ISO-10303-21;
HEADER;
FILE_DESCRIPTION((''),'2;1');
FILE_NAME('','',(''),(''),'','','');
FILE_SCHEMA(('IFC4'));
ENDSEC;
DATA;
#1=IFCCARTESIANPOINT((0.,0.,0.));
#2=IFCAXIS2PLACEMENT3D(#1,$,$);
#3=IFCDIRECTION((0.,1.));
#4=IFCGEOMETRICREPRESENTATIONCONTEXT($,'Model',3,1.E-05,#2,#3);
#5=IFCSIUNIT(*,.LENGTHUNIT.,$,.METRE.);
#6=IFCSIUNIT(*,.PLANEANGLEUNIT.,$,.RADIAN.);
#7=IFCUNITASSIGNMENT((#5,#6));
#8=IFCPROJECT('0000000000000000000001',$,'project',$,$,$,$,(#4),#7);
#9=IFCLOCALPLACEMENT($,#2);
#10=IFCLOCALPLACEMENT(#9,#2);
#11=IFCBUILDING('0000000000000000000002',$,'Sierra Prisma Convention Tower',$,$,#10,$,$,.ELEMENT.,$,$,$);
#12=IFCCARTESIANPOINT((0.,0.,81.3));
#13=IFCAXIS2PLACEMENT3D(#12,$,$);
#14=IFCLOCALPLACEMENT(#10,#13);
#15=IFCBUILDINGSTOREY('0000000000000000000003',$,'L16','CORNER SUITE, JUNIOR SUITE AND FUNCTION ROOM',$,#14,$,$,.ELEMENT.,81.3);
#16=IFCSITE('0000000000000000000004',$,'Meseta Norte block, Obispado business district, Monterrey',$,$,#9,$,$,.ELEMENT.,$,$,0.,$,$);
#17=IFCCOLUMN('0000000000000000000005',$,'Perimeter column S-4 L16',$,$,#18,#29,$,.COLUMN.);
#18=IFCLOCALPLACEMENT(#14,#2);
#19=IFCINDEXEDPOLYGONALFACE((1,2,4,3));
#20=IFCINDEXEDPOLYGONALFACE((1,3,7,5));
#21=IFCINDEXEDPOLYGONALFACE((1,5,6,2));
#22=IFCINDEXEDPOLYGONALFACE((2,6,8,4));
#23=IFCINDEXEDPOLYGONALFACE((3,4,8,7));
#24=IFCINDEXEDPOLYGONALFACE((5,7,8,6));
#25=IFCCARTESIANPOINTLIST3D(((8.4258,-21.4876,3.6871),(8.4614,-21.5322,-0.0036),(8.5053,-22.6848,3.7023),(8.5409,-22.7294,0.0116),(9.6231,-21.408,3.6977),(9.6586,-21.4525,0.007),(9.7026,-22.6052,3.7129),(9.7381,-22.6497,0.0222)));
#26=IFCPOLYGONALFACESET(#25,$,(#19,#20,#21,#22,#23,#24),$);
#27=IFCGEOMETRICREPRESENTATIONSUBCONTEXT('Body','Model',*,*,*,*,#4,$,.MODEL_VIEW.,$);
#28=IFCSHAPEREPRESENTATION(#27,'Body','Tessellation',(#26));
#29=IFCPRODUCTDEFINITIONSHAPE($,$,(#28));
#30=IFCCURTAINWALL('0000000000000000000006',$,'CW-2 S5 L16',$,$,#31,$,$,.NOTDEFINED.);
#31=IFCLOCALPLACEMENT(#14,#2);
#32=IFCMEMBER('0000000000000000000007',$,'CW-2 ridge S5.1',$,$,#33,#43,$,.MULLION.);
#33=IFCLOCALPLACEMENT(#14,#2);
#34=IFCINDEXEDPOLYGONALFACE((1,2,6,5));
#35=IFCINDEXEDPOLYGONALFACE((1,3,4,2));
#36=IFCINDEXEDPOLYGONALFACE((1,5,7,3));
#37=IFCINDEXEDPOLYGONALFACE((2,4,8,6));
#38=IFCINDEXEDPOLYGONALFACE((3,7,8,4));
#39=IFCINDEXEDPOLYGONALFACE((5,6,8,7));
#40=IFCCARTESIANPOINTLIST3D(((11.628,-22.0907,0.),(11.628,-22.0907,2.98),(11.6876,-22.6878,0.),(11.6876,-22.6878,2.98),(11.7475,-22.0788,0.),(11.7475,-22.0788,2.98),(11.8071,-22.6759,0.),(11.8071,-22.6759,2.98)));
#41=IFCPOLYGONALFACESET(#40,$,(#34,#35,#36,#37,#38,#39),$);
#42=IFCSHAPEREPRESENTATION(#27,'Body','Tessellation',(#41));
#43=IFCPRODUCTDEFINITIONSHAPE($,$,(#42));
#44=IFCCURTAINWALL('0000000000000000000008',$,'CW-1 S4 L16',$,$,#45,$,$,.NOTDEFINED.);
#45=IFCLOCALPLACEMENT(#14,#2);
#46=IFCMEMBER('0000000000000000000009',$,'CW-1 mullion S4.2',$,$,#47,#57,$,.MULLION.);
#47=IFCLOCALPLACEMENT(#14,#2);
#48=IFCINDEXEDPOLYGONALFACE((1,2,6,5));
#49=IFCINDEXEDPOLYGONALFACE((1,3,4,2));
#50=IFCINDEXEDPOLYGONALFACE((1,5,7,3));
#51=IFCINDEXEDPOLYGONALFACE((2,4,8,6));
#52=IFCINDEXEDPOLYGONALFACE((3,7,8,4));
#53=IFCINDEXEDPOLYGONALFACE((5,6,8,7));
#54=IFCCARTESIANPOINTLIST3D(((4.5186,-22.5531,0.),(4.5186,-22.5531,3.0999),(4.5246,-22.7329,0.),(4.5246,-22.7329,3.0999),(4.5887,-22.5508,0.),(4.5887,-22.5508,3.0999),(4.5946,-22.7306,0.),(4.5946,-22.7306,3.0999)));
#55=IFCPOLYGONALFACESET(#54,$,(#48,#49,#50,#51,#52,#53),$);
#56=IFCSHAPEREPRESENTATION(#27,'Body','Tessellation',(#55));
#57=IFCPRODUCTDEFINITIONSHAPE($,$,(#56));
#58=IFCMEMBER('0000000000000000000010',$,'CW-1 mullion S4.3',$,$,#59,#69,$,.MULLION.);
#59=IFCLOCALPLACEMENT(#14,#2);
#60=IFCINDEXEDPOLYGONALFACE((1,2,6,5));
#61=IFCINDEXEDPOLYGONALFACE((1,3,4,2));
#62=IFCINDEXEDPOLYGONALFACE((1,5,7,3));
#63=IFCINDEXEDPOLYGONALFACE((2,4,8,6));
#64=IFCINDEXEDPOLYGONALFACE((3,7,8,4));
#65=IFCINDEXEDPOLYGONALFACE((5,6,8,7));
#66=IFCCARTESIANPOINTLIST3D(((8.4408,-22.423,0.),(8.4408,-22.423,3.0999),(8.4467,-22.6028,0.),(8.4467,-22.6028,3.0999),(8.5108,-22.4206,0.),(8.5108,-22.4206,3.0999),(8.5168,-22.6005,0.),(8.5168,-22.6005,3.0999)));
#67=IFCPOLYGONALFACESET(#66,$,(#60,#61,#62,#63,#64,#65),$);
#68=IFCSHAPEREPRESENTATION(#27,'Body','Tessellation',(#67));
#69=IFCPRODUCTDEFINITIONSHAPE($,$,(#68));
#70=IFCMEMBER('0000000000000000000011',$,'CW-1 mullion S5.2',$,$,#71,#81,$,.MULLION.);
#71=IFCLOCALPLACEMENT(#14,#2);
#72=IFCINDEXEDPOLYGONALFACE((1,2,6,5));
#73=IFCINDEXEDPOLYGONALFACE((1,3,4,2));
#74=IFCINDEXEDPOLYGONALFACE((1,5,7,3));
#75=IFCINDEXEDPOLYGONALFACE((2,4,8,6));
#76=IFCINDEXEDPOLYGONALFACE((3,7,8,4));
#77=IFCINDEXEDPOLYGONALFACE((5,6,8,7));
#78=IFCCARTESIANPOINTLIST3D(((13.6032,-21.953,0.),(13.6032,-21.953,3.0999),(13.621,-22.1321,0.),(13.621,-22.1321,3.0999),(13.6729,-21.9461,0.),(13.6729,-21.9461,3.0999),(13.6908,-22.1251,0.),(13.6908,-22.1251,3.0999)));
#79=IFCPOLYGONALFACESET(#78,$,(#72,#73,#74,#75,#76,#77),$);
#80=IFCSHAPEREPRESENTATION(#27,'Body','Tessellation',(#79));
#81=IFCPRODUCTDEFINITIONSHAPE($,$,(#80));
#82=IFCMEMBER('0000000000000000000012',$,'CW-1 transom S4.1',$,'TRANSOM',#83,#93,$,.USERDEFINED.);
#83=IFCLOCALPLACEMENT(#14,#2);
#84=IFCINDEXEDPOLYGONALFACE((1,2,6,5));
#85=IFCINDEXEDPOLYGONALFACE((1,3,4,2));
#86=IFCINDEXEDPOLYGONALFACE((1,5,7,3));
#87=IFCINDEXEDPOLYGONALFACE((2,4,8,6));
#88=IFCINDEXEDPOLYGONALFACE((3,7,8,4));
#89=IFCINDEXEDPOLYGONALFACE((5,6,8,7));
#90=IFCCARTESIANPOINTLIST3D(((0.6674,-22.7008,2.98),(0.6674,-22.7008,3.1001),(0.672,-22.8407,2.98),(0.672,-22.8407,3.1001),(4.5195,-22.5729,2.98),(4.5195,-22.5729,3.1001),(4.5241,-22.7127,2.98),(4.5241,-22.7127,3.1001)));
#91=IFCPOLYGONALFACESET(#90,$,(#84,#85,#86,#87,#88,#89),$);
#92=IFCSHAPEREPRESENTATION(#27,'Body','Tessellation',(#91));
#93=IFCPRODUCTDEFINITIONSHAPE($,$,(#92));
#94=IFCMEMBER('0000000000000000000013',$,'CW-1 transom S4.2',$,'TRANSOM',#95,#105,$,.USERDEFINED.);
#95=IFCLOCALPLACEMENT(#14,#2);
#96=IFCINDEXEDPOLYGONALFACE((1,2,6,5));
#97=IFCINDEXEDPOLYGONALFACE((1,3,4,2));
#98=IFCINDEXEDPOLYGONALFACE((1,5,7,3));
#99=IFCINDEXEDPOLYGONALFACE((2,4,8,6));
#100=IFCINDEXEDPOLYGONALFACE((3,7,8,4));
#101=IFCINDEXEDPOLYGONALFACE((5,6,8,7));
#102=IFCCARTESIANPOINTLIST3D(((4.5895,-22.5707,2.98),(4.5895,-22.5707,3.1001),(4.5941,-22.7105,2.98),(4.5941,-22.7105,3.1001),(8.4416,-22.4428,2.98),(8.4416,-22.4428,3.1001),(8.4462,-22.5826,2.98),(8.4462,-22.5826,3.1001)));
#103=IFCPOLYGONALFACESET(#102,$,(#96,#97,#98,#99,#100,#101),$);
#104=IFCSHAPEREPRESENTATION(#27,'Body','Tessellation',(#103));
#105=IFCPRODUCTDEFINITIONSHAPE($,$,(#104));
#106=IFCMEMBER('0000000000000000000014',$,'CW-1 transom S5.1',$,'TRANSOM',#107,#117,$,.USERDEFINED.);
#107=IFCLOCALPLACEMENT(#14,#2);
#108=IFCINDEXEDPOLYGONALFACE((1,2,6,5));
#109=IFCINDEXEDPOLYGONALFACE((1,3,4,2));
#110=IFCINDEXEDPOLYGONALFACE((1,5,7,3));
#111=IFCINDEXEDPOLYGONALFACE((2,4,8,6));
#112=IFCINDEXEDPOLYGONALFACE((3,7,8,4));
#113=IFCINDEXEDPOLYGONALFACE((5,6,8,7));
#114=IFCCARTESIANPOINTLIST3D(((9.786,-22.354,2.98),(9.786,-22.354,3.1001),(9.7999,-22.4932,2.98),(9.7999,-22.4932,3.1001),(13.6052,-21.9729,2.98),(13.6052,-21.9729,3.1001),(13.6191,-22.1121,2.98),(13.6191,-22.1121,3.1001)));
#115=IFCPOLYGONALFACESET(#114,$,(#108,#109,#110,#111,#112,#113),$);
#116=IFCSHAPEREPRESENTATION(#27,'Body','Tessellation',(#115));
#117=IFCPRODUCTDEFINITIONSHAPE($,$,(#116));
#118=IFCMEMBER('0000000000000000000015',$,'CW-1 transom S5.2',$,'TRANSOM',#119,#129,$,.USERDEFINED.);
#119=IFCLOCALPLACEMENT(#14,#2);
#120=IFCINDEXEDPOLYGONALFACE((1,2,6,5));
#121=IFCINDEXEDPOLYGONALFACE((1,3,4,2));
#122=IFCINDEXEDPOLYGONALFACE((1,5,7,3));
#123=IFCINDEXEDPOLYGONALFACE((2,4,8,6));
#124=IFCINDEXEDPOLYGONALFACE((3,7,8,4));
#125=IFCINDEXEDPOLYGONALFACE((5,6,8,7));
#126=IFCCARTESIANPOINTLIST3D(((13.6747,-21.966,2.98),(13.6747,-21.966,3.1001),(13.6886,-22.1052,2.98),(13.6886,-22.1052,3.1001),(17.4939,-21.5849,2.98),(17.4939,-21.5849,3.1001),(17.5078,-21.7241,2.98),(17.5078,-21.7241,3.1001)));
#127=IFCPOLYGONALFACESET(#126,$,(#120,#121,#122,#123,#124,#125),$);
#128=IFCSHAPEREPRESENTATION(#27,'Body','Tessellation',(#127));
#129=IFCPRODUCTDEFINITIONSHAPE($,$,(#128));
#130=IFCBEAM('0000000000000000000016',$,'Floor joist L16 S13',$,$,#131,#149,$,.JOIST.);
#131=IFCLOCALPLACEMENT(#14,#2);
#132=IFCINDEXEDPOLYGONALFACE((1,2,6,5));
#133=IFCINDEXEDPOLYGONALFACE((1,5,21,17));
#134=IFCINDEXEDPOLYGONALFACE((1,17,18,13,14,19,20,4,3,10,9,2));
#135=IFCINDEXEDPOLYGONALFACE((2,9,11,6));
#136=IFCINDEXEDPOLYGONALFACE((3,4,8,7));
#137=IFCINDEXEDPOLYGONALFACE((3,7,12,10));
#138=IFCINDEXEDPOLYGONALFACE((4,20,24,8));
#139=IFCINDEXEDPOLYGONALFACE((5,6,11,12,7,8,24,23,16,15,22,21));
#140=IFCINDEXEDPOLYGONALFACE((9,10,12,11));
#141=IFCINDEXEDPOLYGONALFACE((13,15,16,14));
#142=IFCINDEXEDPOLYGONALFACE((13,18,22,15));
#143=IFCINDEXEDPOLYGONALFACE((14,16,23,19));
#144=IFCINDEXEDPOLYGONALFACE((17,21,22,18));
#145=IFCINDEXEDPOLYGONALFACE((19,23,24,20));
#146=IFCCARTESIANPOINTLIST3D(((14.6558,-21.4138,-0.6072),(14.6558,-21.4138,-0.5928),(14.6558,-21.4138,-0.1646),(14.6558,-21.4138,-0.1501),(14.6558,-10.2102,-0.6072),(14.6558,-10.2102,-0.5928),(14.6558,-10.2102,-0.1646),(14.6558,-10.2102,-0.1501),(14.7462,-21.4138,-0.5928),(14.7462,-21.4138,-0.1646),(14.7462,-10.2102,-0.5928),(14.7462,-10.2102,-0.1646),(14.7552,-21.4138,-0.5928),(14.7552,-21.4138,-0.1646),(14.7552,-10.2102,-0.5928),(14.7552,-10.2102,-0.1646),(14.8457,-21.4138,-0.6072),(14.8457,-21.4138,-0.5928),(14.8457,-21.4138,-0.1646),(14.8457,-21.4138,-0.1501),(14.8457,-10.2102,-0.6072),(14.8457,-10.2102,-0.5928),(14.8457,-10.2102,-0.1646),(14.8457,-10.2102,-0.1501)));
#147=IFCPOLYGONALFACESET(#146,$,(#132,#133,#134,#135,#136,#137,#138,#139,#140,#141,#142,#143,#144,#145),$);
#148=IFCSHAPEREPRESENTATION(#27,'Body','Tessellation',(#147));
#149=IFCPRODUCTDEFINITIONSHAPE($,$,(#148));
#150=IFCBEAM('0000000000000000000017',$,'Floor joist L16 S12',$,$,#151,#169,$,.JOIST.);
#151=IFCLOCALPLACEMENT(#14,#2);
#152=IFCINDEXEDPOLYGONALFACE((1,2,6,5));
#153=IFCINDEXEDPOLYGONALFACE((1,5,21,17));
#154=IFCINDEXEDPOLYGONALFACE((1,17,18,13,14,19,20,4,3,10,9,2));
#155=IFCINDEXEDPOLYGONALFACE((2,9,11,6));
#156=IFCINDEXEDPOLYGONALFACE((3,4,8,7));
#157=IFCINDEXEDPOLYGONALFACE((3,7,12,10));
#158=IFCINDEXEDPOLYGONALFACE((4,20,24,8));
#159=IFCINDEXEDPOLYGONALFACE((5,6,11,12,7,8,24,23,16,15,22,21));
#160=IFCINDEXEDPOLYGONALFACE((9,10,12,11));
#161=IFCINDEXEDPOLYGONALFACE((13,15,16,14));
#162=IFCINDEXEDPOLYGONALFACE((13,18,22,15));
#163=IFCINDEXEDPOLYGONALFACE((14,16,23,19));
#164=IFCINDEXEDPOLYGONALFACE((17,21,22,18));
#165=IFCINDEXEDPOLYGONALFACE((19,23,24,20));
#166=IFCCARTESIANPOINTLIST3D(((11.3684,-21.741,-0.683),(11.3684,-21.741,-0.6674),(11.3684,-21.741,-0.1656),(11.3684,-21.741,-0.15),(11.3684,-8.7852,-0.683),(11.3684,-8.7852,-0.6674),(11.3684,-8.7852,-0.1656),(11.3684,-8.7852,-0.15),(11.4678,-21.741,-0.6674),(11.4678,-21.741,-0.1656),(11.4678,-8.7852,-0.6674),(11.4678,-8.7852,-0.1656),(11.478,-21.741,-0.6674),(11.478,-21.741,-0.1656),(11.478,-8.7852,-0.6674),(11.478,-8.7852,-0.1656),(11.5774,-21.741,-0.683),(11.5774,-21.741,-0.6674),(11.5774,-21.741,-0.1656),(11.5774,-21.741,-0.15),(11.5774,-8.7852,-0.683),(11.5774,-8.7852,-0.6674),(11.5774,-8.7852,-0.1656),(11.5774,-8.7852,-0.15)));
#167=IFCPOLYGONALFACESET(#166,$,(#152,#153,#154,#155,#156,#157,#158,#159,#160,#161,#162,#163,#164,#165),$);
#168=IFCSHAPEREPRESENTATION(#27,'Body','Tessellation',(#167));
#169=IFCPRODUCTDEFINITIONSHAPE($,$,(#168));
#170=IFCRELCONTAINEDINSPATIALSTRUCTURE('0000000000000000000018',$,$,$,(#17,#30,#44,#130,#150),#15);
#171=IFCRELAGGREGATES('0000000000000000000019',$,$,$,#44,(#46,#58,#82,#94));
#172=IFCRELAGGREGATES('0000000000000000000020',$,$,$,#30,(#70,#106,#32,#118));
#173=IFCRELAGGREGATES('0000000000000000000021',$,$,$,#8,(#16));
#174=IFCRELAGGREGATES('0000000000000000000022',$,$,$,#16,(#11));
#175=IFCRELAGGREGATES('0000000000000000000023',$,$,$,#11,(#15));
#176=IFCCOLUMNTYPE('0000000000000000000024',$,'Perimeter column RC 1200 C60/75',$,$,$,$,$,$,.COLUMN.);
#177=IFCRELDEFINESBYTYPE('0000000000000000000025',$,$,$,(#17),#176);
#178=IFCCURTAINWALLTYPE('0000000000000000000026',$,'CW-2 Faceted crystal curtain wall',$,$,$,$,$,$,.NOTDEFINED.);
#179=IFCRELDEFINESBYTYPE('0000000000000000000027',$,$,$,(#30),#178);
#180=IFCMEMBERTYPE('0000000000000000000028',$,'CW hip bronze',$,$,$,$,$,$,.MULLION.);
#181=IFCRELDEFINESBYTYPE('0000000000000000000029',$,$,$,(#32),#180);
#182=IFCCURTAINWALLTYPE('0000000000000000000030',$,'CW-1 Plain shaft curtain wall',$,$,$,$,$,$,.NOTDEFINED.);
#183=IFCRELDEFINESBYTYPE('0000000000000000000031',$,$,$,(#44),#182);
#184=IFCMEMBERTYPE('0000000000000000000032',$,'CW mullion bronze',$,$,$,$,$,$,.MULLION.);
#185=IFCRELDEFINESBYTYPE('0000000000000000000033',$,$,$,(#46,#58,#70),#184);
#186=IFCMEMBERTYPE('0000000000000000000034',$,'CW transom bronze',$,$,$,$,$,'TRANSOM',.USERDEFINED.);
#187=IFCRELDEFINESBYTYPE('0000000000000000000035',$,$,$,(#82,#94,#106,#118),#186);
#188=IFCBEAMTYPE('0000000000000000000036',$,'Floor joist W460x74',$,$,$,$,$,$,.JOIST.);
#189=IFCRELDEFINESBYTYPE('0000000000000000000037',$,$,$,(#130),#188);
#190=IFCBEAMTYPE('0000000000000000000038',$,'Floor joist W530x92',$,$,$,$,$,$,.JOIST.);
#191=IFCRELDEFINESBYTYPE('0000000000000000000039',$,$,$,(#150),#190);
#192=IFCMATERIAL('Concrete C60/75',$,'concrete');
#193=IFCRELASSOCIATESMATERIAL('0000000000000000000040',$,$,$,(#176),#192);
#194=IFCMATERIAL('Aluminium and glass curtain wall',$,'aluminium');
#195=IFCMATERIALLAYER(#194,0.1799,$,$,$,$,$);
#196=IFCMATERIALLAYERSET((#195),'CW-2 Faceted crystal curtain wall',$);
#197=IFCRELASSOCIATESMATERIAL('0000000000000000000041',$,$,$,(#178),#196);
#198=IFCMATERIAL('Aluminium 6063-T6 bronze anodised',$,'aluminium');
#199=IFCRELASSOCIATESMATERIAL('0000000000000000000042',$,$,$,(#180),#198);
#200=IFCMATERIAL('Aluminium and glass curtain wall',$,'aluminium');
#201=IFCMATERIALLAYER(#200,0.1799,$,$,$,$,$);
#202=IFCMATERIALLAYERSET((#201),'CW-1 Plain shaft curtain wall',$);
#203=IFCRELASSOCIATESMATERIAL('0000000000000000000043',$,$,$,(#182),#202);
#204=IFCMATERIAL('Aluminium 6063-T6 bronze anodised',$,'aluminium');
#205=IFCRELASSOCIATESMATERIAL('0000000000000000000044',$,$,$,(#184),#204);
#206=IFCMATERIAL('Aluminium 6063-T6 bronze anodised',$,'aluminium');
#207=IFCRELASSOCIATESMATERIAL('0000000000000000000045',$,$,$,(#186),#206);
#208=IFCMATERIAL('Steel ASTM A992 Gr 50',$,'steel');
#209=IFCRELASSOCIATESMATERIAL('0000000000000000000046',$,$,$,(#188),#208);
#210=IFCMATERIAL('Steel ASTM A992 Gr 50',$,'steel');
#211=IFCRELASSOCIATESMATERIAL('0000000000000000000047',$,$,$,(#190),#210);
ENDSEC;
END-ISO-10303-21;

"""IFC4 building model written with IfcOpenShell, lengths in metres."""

from ifc_helpers import new_model, si_unit, direction, frame, origin, origin_2d, place, context, subcontext, project, spatial, rectangle, i_section, extrude, clip, halfspace, material, layer, layer_set, material_profile, profile_set, type_object, element, aggregate, save


model = new_model("IFC4")

# Units and contexts
model_context = context("Model", 3, precision=1e-05, world=origin(), true_north=direction((0.0, 1.0)))
body_context = subcontext(model_context, "Body", "Model", "MODEL_VIEW")
ifc_project = project(units=[si_unit("LENGTHUNIT", "METRE"), si_unit("PLANEANGLEUNIT", "RADIAN")], contexts=[model_context])

# Site, building, storey
site_placement = place(None, origin())
site = spatial("IfcSite", under=ifc_project, at=site_placement, Name="Meseta Norte block, Obispado business district, Monterrey", CompositionType="ELEMENT", RefElevation=0.0)
building_placement = place(site_placement, origin())
building = spatial("IfcBuilding", under=site, at=building_placement, Name="Sierra Prisma Convention Tower", CompositionType="ELEMENT")
storey_placement = place(building_placement, frame((0.0, 0.0, 81.3)))
storey = spatial("IfcBuildingStorey", under=building, at=storey_placement, Name="L16", Description="CORNER SUITE, JUNIOR SUITE AND FUNCTION ROOM", CompositionType="ELEMENT", Elevation=81.3)

# Column
ifc_material_1 = material(Name="Concrete C60/75", Category="concrete")
ifc_material_profile_1 = material_profile(ifc_material_1, rectangle(XDim=1.2, YDim=1.2, at=origin_2d()), Name="Perimeter column RC 1200 C60/75")
ifc_profile_set_1 = profile_set([ifc_material_profile_1], Name="Concrete C60/75")
column_type = type_object("IfcColumnType", Name="Perimeter column RC 1200 C60/75", PredefinedType="COLUMN", material=ifc_profile_set_1)
column_placement = place(storey_placement, frame((9.0999, -22.0911, 0.0), z_axis=(-0.009633, 0.012074, 0.999881), x_axis=(0.997756, 0.066371, 0.008811)))
element("IfcColumn", 1, at=column_placement, inside=storey, type_object=column_type, Name="Perimeter column S-4 L16", PredefinedType="COLUMN", context=body_context, shape_type="SweptSolid", body=[
    clip(extrude(rectangle(XDim=1.2, YDim=1.2, at=origin_2d()), origin(), (0.0, 0.0, 1.0), 3.7004), halfspace(frame((0.0, 0.0, 0.0093)), True)),
])

# Curtain wall, member
ifc_material_2 = material(Name="Aluminium and glass curtain wall", Category="aluminium")
ifc_layer_1 = layer(ifc_material_2, 0.1799)
ifc_layer_set_1 = layer_set([ifc_layer_1], Name="CW-2 Faceted crystal curtain wall")
curtain_wall_type_1 = type_object("IfcCurtainWallType", Name="CW-2 Faceted crystal curtain wall", PredefinedType="NOTDEFINED", material=ifc_layer_set_1)
curtain_wall_1_placement = place(storey_placement, origin())
curtain_wall_1 = element("IfcCurtainWall", 2, at=curtain_wall_1_placement, inside=storey, type_object=curtain_wall_type_1, Name="CW-2 S5 L16", PredefinedType="NOTDEFINED")
ifc_material_3 = material(Name="Aluminium 6063-T6 bronze anodised", Category="aluminium")
ifc_material_profile_2 = material_profile(ifc_material_3, rectangle(XDim=0.1201, YDim=0.6001, at=origin_2d()), Name="ALU RIDGE BLADE 120x600")
ifc_profile_set_2 = profile_set([ifc_material_profile_2], Name="Aluminium 6063-T6 bronze anodised")
member_type_1 = type_object("IfcMemberType", Name="CW hip bronze", PredefinedType="MULLION", material=ifc_profile_set_2)
member_1_placement = place(storey_placement, frame((11.7175, -22.3833, 0.0), z_axis=(0.0, 0.0, 1.0), x_axis=(0.995058, 0.099298, 0.0)))
member_1 = element("IfcMember", 3, at=member_1_placement, type_object=member_type_1, Name="CW-2 ridge S5.1", PredefinedType="MULLION", context=body_context, shape_type="SweptSolid", body=[
    extrude(rectangle(XDim=0.1201, YDim=0.6001, at=origin_2d()), origin(), (0.0, 0.0, 1.0), 2.98),
])

# Curtain wall, members
ifc_material_4 = material(Name="Aluminium and glass curtain wall", Category="aluminium")
ifc_layer_2 = layer(ifc_material_4, 0.1799)
ifc_layer_set_2 = layer_set([ifc_layer_2], Name="CW-1 Plain shaft curtain wall")
curtain_wall_type_2 = type_object("IfcCurtainWallType", Name="CW-1 Plain shaft curtain wall", PredefinedType="NOTDEFINED", material=ifc_layer_set_2)
curtain_wall_2_placement = place(storey_placement, origin())
curtain_wall_2 = element("IfcCurtainWall", 4, at=curtain_wall_2_placement, inside=storey, type_object=curtain_wall_type_2, Name="CW-1 S4 L16", PredefinedType="NOTDEFINED")
ifc_material_5 = material(Name="Aluminium 6063-T6 bronze anodised", Category="aluminium")
ifc_material_profile_3 = material_profile(ifc_material_5, rectangle(XDim=0.1799, YDim=0.0701, at=origin_2d()), Name="ALU MULLION 70x180")
ifc_profile_set_3 = profile_set([ifc_material_profile_3], Name="Aluminium 6063-T6 bronze anodised")
member_type_2 = type_object("IfcMemberType", Name="CW mullion bronze", PredefinedType="MULLION", material=ifc_profile_set_3)
member_2_placement = place(storey_placement, frame((4.5566, -22.6418, 0.0), z_axis=(0.0, 0.0, 1.0), x_axis=(-0.033148, 0.99945, 0.0)))
member_2 = element("IfcMember", 5, at=member_2_placement, type_object=member_type_2, Name="CW-1 mullion S4.2", PredefinedType="MULLION", context=body_context, shape_type="SweptSolid", body=[
    extrude(rectangle(XDim=0.1799, YDim=0.0701, at=origin_2d()), origin(), (0.0, 0.0, 1.0), 3.0999),
])
member_3_placement = place(storey_placement, frame((8.4788, -22.5117, 0.0), z_axis=(0.0, 0.0, 1.0), x_axis=(-0.033148, 0.99945, 0.0)))
member_3 = element("IfcMember", 6, at=member_3_placement, type_object=member_type_2, Name="CW-1 mullion S4.3", PredefinedType="MULLION", context=body_context, shape_type="SweptSolid", body=[
    extrude(rectangle(XDim=0.1799, YDim=0.0701, at=origin_2d()), origin(), (0.0, 0.0, 1.0), 3.0999),
])

# Members
member_4_placement = place(storey_placement, frame((13.647, -22.0391, 0.0), z_axis=(0.0, 0.0, 1.0), x_axis=(-0.099298, 0.995058, 0.0)))
member_4 = element("IfcMember", 7, at=member_4_placement, type_object=member_type_2, Name="CW-1 mullion S5.2", PredefinedType="MULLION", context=body_context, shape_type="SweptSolid", body=[
    extrude(rectangle(XDim=0.1799, YDim=0.0701, at=origin_2d()), origin(), (0.0, 0.0, 1.0), 3.0999),
])
ifc_material_6 = material(Name="Aluminium 6063-T6 bronze anodised", Category="aluminium")
ifc_material_profile_4 = material_profile(ifc_material_6, rectangle(XDim=0.1399, YDim=0.1201, at=origin_2d()), Name="ALU TRANSOM 120x140")
ifc_profile_set_4 = profile_set([ifc_material_profile_4], Name="Aluminium 6063-T6 bronze anodised")
member_type_3 = type_object("IfcMemberType", Name="CW transom bronze", ElementType="TRANSOM", PredefinedType="USERDEFINED", material=ifc_profile_set_4)
member_5_placement = place(storey_placement, frame((0.6697, -22.7708, 3.04), z_axis=(0.999449, 0.033192, 0.0), x_axis=(-0.033192, 0.999449, 0.0)))
member_5 = element("IfcMember", 8, at=member_5_placement, type_object=member_type_3, Name="CW-1 transom S4.1", ObjectType="TRANSOM", PredefinedType="USERDEFINED", context=body_context, shape_type="SweptSolid", body=[
    extrude(rectangle(XDim=0.1399, YDim=0.1201, at=origin_2d()), origin(), (0.0, 0.0, 1.0), 3.8542),
])
member_6_placement = place(storey_placement, frame((4.5918, -22.6406, 3.04), z_axis=(0.999449, 0.033192, 0.0), x_axis=(-0.033192, 0.999449, 0.0)))
member_6 = element("IfcMember", 9, at=member_6_placement, type_object=member_type_3, Name="CW-1 transom S4.2", ObjectType="TRANSOM", PredefinedType="USERDEFINED", context=body_context, shape_type="SweptSolid", body=[
    extrude(rectangle(XDim=0.1399, YDim=0.1201, at=origin_2d()), origin(), (0.0, 0.0, 1.0), 3.8542),
])
member_7_placement = place(storey_placement, frame((9.793, -22.4236, 3.04), z_axis=(0.995058, 0.099296, 0.0), x_axis=(-0.099296, 0.995058, 0.0)))
member_7 = element("IfcMember", 10, at=member_7_placement, type_object=member_type_3, Name="CW-1 transom S5.1", ObjectType="TRANSOM", PredefinedType="USERDEFINED", context=body_context, shape_type="SweptSolid", body=[
    extrude(rectangle(XDim=0.1399, YDim=0.1201, at=origin_2d()), origin(), (0.0, 0.0, 1.0), 3.8381),
])
member_8_placement = place(storey_placement, frame((13.6816, -22.0356, 3.04), z_axis=(0.995058, 0.099296, 0.0), x_axis=(-0.099296, 0.995058, 0.0)))
member_8 = element("IfcMember", 11, at=member_8_placement, type_object=member_type_3, Name="CW-1 transom S5.2", ObjectType="TRANSOM", PredefinedType="USERDEFINED", context=body_context, shape_type="SweptSolid", body=[
    extrude(rectangle(XDim=0.1399, YDim=0.1201, at=origin_2d()), origin(), (0.0, 0.0, 1.0), 3.8381),
])

# Beams
ifc_material_7 = material(Name="Steel ASTM A992 Gr 50", Category="steel")
ifc_material_profile_5 = material_profile(ifc_material_7, i_section(OverallWidth=0.1899, OverallDepth=0.457, WebThickness=0.009, FlangeThickness=0.0144, at=origin_2d()), Name="W460x74")
ifc_profile_set_5 = profile_set([ifc_material_profile_5], Name="Steel ASTM A992 Gr 50")
beam_type_1 = type_object("IfcBeamType", Name="Floor joist W460x74", PredefinedType="JOIST", material=ifc_profile_set_5)
beam_1_placement = place(storey_placement, frame((14.7507, -21.4138, -0.3787), z_axis=(0.0, 1.0, 0.0), x_axis=(-1.0, 0.0, 0.0)))
element("IfcBeam", 12, at=beam_1_placement, inside=storey, type_object=beam_type_1, Name="Floor joist L16 S13", PredefinedType="JOIST", context=body_context, shape_type="SweptSolid", body=[
    extrude(i_section(OverallWidth=0.1899, OverallDepth=0.457, WebThickness=0.009, FlangeThickness=0.0144, at=origin_2d()), origin(), (0.0, 0.0, 1.0), 11.2036),
])
ifc_material_8 = material(Name="Steel ASTM A992 Gr 50", Category="steel")
ifc_material_profile_6 = material_profile(ifc_material_8, i_section(OverallWidth=0.209, OverallDepth=0.533, WebThickness=0.0103, FlangeThickness=0.0156, at=origin_2d()), Name="W530x92")
ifc_profile_set_6 = profile_set([ifc_material_profile_6], Name="Steel ASTM A992 Gr 50")
beam_type_2 = type_object("IfcBeamType", Name="Floor joist W530x92", PredefinedType="JOIST", material=ifc_profile_set_6)
beam_2_placement = place(storey_placement, frame((11.4729, -21.741, -0.4165), z_axis=(0.0, 1.0, 0.0), x_axis=(-1.0, 0.0, 0.0)))
element("IfcBeam", 13, at=beam_2_placement, inside=storey, type_object=beam_type_2, Name="Floor joist L16 S12", PredefinedType="JOIST", context=body_context, shape_type="SweptSolid", body=[
    extrude(i_section(OverallWidth=0.209, OverallDepth=0.533, WebThickness=0.0103, FlangeThickness=0.0156, at=origin_2d()), origin(), (0.0, 0.0, 1.0), 12.9558),
])

aggregate(curtain_wall_2, [member_2, member_3, member_5, member_6])
aggregate(curtain_wall_1, [member_4, member_7, member_1, member_8])

save(model, "model.ifc")
